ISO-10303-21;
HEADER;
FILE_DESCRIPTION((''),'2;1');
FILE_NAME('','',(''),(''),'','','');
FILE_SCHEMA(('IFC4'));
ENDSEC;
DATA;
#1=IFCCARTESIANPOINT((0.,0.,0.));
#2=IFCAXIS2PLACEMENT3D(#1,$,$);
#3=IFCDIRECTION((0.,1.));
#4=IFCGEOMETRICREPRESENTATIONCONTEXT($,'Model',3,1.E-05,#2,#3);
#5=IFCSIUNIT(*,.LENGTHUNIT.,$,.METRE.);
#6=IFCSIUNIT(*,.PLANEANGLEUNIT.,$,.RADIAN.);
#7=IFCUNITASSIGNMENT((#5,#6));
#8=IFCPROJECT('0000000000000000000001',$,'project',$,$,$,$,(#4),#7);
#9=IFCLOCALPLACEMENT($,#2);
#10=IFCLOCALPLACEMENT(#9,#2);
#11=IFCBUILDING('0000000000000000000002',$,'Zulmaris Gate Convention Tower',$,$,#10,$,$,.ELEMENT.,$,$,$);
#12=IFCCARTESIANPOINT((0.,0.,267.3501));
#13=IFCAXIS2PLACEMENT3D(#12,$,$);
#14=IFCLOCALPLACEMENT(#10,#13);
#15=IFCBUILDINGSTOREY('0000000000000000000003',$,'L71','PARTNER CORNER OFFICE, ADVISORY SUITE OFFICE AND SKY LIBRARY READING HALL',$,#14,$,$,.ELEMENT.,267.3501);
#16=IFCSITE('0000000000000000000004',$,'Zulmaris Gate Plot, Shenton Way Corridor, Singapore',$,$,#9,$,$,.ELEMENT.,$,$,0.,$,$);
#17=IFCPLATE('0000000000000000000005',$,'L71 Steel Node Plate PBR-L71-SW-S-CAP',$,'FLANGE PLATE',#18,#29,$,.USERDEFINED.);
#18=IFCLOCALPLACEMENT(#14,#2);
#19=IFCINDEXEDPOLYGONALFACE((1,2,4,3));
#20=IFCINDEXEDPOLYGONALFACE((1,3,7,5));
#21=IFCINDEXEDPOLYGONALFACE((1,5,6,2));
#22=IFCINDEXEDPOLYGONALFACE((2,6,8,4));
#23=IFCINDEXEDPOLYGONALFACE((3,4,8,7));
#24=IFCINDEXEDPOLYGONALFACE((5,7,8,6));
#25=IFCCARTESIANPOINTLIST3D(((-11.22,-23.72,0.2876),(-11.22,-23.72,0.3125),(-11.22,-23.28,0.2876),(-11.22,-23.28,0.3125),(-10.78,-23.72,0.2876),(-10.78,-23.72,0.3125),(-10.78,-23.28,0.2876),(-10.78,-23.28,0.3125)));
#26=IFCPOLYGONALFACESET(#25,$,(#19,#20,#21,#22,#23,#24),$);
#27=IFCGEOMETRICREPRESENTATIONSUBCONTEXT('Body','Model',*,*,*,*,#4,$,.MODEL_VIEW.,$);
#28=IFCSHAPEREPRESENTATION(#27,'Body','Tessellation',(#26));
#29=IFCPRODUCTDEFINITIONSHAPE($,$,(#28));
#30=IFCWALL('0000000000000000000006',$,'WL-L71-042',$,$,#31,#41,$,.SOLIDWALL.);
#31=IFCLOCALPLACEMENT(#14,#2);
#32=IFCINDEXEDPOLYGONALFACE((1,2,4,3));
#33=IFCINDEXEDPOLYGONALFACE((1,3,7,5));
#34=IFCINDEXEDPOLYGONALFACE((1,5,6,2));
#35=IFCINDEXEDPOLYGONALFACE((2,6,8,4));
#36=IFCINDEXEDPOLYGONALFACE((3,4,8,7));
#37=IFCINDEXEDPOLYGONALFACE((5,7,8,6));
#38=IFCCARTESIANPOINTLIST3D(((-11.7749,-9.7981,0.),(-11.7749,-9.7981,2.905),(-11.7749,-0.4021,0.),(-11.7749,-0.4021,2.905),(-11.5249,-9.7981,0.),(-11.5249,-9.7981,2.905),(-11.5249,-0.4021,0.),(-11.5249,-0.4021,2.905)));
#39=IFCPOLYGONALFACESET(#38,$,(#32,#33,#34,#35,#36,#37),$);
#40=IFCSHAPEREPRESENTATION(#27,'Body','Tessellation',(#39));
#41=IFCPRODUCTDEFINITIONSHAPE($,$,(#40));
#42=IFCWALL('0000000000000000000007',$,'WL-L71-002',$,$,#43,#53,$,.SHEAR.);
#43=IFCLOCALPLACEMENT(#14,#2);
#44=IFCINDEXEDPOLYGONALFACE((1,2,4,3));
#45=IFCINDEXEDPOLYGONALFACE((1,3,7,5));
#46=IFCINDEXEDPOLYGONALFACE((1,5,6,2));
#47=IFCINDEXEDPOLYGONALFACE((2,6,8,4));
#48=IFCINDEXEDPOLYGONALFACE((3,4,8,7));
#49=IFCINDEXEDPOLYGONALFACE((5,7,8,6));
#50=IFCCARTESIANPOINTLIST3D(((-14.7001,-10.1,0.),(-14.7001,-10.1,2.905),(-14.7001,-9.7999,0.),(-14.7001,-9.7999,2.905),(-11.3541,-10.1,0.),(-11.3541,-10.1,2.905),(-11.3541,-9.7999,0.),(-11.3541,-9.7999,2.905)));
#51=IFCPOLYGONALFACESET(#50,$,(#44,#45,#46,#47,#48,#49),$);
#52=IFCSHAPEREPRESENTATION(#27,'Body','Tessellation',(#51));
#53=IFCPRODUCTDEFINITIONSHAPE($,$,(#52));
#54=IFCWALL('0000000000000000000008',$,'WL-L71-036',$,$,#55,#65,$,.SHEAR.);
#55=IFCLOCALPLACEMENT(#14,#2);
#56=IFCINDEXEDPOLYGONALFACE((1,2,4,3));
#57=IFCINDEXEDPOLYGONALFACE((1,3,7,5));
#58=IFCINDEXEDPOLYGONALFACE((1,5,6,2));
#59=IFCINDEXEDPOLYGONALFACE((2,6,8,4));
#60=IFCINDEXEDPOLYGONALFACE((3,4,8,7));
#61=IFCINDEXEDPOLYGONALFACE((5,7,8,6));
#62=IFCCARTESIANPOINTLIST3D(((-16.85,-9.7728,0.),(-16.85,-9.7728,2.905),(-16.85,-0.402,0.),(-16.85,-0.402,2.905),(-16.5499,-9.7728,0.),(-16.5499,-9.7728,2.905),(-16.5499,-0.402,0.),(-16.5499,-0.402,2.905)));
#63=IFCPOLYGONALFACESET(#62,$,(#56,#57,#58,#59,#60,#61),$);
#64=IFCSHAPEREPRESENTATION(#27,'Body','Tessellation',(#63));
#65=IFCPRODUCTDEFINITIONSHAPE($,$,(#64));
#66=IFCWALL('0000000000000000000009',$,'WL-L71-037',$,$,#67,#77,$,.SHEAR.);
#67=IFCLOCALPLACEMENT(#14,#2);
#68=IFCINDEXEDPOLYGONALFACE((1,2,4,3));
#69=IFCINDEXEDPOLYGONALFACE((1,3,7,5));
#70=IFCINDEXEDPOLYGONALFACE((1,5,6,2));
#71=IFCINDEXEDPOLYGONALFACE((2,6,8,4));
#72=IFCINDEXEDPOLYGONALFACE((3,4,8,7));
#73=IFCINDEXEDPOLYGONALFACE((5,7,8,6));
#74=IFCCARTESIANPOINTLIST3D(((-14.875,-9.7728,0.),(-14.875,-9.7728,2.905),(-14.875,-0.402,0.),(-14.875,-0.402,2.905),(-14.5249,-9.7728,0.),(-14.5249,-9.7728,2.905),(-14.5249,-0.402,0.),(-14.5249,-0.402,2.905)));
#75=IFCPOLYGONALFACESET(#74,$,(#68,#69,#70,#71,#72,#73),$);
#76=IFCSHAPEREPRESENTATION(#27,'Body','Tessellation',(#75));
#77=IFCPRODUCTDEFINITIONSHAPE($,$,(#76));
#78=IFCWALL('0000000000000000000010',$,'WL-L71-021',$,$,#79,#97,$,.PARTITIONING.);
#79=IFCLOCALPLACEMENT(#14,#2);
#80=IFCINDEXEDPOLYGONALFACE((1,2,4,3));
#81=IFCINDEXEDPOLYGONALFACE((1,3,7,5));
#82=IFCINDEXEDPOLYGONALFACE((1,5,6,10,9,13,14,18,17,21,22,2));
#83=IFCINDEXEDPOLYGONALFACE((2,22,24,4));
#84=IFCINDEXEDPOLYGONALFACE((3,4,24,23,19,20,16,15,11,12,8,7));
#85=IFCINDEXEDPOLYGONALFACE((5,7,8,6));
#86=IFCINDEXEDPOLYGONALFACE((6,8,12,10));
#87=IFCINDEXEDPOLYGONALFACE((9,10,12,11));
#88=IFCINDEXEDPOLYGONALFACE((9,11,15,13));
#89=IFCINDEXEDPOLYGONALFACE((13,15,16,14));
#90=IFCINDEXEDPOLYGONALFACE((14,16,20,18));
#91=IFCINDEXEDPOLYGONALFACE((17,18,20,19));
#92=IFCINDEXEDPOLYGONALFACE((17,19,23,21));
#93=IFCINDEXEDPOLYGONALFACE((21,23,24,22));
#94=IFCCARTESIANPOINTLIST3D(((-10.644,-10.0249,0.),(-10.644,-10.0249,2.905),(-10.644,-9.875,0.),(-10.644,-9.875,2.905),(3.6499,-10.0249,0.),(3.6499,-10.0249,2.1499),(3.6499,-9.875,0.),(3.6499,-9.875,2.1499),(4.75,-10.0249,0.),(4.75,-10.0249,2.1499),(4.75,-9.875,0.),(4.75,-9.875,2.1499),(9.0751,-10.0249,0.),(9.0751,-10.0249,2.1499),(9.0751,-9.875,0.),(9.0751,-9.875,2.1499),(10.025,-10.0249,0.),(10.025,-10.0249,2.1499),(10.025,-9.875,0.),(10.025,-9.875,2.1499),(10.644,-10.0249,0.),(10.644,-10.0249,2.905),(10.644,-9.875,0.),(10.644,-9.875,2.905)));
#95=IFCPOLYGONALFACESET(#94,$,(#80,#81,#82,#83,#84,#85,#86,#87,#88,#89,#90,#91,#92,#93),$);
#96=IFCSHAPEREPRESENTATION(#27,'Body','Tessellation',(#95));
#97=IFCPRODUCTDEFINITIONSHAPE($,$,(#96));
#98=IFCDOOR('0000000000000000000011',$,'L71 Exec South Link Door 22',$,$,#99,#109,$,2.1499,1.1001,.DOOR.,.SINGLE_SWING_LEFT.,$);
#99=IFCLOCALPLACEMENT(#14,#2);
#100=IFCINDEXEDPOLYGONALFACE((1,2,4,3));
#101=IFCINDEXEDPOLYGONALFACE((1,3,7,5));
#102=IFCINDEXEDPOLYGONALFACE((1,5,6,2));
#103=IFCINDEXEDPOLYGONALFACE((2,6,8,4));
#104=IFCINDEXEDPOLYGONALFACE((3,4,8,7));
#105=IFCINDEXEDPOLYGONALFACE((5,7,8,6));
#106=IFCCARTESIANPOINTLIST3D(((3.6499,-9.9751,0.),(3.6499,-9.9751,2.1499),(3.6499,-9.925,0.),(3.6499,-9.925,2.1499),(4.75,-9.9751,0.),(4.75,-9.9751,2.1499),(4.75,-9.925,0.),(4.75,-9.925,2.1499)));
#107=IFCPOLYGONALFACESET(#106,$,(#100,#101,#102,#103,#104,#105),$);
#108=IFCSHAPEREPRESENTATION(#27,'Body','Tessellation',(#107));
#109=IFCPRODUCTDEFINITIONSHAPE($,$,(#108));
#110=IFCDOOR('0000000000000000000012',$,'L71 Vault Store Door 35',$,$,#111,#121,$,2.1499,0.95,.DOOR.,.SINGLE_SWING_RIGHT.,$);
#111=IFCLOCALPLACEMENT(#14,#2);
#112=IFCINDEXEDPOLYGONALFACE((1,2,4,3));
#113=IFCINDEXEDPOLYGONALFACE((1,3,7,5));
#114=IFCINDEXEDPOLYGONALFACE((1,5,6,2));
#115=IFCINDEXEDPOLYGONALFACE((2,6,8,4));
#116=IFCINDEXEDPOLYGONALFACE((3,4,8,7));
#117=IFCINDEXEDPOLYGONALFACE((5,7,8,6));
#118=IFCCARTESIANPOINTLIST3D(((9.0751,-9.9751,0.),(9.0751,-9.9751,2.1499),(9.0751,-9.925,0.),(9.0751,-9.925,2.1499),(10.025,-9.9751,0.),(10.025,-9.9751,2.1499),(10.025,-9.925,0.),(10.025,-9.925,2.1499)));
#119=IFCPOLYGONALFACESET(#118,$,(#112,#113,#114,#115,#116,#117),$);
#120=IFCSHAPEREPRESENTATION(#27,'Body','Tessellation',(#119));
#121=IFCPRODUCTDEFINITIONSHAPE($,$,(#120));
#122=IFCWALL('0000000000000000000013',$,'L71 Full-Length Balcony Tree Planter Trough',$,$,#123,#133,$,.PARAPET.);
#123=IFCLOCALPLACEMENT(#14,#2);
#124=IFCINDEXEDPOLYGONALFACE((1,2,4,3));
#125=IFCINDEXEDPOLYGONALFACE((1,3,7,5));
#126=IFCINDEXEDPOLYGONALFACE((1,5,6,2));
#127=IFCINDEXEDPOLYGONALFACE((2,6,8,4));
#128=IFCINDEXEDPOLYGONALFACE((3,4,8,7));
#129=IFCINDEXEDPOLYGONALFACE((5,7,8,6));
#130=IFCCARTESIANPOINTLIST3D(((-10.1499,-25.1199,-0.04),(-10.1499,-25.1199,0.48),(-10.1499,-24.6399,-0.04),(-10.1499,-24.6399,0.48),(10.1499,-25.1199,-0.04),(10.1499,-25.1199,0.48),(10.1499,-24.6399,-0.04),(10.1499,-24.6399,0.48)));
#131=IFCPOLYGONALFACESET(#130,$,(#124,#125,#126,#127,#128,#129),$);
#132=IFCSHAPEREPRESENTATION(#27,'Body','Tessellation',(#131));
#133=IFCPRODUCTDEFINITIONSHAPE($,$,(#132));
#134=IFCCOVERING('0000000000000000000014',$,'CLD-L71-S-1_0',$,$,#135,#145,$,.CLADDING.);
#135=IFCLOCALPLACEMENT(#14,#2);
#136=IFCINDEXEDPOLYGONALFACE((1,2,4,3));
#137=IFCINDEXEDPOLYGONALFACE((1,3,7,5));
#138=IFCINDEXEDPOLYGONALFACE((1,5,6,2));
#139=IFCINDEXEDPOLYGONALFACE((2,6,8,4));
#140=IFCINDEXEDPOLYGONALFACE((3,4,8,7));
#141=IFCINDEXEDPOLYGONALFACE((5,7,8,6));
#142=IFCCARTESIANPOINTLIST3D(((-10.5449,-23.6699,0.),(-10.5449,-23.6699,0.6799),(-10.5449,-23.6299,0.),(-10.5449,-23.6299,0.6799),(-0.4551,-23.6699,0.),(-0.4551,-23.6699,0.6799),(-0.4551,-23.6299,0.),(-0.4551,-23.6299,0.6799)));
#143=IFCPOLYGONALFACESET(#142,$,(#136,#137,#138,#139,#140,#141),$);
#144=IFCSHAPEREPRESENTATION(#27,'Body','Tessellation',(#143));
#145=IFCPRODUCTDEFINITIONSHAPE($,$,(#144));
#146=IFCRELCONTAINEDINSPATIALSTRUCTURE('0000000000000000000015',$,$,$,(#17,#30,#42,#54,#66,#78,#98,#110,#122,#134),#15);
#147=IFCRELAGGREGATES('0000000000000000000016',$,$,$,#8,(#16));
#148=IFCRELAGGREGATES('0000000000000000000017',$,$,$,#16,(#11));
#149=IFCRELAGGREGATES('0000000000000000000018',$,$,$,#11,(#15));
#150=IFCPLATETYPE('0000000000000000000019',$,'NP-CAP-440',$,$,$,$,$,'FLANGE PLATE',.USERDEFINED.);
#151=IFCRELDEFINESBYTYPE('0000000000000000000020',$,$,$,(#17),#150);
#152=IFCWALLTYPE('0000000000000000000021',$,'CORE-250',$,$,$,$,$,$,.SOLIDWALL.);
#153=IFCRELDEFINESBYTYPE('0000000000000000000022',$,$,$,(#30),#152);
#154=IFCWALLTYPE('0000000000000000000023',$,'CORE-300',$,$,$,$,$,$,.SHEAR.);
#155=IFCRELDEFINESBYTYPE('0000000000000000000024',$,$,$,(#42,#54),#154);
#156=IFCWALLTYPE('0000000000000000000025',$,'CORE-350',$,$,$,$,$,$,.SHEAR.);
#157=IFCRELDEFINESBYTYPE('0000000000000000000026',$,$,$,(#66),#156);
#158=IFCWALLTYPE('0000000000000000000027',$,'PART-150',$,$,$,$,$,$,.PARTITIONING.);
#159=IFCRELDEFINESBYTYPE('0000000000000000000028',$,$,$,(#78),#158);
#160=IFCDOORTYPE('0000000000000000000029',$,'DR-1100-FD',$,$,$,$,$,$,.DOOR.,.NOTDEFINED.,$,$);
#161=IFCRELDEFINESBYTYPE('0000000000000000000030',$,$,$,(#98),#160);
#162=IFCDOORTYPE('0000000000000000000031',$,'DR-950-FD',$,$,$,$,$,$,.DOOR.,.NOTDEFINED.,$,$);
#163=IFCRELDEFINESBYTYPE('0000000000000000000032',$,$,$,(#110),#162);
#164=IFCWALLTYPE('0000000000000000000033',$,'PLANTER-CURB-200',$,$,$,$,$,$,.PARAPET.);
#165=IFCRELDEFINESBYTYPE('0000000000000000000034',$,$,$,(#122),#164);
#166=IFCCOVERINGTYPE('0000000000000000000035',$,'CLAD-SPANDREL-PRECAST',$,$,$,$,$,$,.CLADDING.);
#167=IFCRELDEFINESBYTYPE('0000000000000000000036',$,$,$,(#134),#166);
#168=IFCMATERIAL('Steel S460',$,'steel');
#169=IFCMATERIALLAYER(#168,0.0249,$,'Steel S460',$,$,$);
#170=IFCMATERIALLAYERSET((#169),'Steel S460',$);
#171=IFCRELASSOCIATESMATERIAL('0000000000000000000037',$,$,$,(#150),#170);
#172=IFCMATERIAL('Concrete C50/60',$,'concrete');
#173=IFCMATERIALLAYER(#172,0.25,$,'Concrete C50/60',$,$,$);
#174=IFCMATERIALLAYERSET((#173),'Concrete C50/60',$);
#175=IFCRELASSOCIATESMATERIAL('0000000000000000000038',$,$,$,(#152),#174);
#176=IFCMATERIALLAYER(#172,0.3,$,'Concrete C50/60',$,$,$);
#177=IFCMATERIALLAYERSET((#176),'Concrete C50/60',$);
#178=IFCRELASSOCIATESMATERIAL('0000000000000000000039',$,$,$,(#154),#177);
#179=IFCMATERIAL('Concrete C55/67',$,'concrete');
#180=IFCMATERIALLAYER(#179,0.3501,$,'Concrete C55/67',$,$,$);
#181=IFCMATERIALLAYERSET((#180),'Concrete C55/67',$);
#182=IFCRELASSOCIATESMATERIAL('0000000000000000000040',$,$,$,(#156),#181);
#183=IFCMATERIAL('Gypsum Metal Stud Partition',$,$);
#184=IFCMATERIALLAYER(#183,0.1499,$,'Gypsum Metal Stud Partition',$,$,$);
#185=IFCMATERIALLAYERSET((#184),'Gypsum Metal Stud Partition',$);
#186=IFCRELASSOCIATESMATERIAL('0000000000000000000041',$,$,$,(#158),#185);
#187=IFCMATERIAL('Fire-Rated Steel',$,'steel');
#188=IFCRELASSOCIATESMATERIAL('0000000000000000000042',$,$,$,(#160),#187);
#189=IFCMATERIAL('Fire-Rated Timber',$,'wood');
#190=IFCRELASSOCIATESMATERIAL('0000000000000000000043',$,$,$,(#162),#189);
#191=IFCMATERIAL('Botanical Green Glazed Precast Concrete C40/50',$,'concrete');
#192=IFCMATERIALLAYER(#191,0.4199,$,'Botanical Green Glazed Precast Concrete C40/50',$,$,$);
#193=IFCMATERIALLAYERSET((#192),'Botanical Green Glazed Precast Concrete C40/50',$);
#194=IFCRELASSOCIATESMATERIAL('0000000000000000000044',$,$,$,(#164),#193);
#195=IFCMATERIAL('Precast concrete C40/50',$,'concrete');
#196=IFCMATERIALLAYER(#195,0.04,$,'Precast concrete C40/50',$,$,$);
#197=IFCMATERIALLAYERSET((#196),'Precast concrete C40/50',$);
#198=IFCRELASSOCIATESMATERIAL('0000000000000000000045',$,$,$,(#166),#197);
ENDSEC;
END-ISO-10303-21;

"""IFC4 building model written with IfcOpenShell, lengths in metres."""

from ifc_helpers import new_model, si_unit, direction, frame, frame_2d, origin, origin_2d, place, context, subcontext, project, spatial, rectangle, extrude, material, layer, layer_set, type_object, element, fill, save


model = new_model("IFC4")

# Units and contexts
model_context = context("Model", 3, precision=1e-05, world=origin(), true_north=direction((0.0, 1.0)))
body_context = subcontext(model_context, "Body", "Model", "MODEL_VIEW")
ifc_project = project(units=[si_unit("LENGTHUNIT", "METRE"), si_unit("PLANEANGLEUNIT", "RADIAN")], contexts=[model_context])

# Site, building, storey
site_placement = place(None, origin())
site = spatial("IfcSite", under=ifc_project, at=site_placement, Name="Zulmaris Gate Plot, Shenton Way Corridor, Singapore", CompositionType="ELEMENT", RefElevation=0.0)
building_placement = place(site_placement, origin())
building = spatial("IfcBuilding", under=site, at=building_placement, Name="Zulmaris Gate Convention Tower", CompositionType="ELEMENT")
storey_placement = place(building_placement, frame((0.0, 0.0, 267.3501)))
storey = spatial("IfcBuildingStorey", under=building, at=storey_placement, Name="L71", Description="PARTNER CORNER OFFICE, ADVISORY SUITE OFFICE AND SKY LIBRARY READING HALL", CompositionType="ELEMENT", Elevation=267.3501)

# Shared definitions
ifc_material_1 = material(Name="Concrete C50/60", Category="concrete")

# Plate
ifc_material_2 = material(Name="Steel S460", Category="steel")
ifc_layer_1 = layer(ifc_material_2, 0.0249, Name="Steel S460")
ifc_layer_set_1 = layer_set([ifc_layer_1], Name="Steel S460")
plate_type = type_object("IfcPlateType", Name="NP-CAP-440", ElementType="FLANGE PLATE", PredefinedType="USERDEFINED", material=ifc_layer_set_1)
plate_placement = place(storey_placement, frame((-11.0, -23.5, 0.2876), z_axis=(0.0, 0.0, 1.0), x_axis=(1.0, 0.0, 0.0)))
element("IfcPlate", 1, at=plate_placement, inside=storey, type_object=plate_type, Name="L71 Steel Node Plate PBR-L71-SW-S-CAP", ObjectType="FLANGE PLATE", PredefinedType="USERDEFINED", context=body_context, shape_type="SweptSolid", body=[
    extrude(rectangle(XDim=0.4399, YDim=0.4399, at=origin_2d()), origin(), (0.0, 0.0, 1.0), 0.0249),
])

# Walls
ifc_layer_2 = layer(ifc_material_1, 0.25, Name="Concrete C50/60")
ifc_layer_set_2 = layer_set([ifc_layer_2], Name="Concrete C50/60")
wall_type_1 = type_object("IfcWallType", Name="CORE-250", PredefinedType="SOLIDWALL", material=ifc_layer_set_2)
wall_1_placement = place(storey_placement, frame((-11.6499, -9.7981, 0.0), z_axis=(0.0, 0.0, 1.0), x_axis=(0.0, 1.0, 0.0)))
element("IfcWall", 2, at=wall_1_placement, inside=storey, type_object=wall_type_1, Name="WL-L71-042", PredefinedType="SOLIDWALL", context=body_context, shape_type="SweptSolid", body=[
    extrude(rectangle(XDim=9.396, YDim=0.25, at=frame_2d((4.698, 0.0))), origin(), (0.0, 0.0, 1.0), 2.905),
])
ifc_layer_3 = layer(ifc_material_1, 0.3, Name="Concrete C50/60")
ifc_layer_set_3 = layer_set([ifc_layer_3], Name="Concrete C50/60")
wall_type_2 = type_object("IfcWallType", Name="CORE-300", PredefinedType="SHEAR", material=ifc_layer_set_3)
wall_2_placement = place(storey_placement, frame((-14.7, -9.95, 0.0), z_axis=(0.0, 0.0, 1.0), x_axis=(1.0, 0.0, 0.0)))
element("IfcWall", 3, at=wall_2_placement, inside=storey, type_object=wall_type_2, Name="WL-L71-002", PredefinedType="SHEAR", context=body_context, shape_type="SweptSolid", body=[
    extrude(rectangle(XDim=3.3459, YDim=0.3, at=frame_2d((1.6729, 0.0))), origin(), (0.0, 0.0, 1.0), 2.905),
])
wall_3_placement = place(storey_placement, frame((-16.7, -9.7729, 0.0), z_axis=(0.0, 0.0, 1.0), x_axis=(0.0, 1.0, 0.0)))
element("IfcWall", 4, at=wall_3_placement, inside=storey, type_object=wall_type_2, Name="WL-L71-036", PredefinedType="SHEAR", context=body_context, shape_type="SweptSolid", body=[
    extrude(rectangle(XDim=9.3708, YDim=0.3, at=frame_2d((4.6855, 0.0))), origin(), (0.0, 0.0, 1.0), 2.905),
])
ifc_material_3 = material(Name="Concrete C55/67", Category="concrete")
ifc_layer_4 = layer(ifc_material_3, 0.3501, Name="Concrete C55/67")
ifc_layer_set_4 = layer_set([ifc_layer_4], Name="Concrete C55/67")
wall_type_3 = type_object("IfcWallType", Name="CORE-350", PredefinedType="SHEAR", material=ifc_layer_set_4)
wall_4_placement = place(storey_placement, frame((-14.7, -9.7729, 0.0), z_axis=(0.0, 0.0, 1.0), x_axis=(0.0, 1.0, 0.0)))
element("IfcWall", 5, at=wall_4_placement, inside=storey, type_object=wall_type_3, Name="WL-L71-037", PredefinedType="SHEAR", context=body_context, shape_type="SweptSolid", body=[
    extrude(rectangle(XDim=9.3708, YDim=0.3501, at=frame_2d((4.6855, 0.0))), origin(), (0.0, 0.0, 1.0), 2.905),
])

# Wall, openings, doors
ifc_material_4 = material(Name="Gypsum Metal Stud Partition")
ifc_layer_5 = layer(ifc_material_4, 0.1499, Name="Gypsum Metal Stud Partition")
ifc_layer_set_5 = layer_set([ifc_layer_5], Name="Gypsum Metal Stud Partition")
wall_type_4 = type_object("IfcWallType", Name="PART-150", PredefinedType="PARTITIONING", material=ifc_layer_set_5)
wall_5_placement = place(storey_placement, frame((-10.644, -9.95, 0.0), z_axis=(0.0, 0.0, 1.0), x_axis=(1.0, 0.0, 0.0)))
wall_5 = element("IfcWall", 6, at=wall_5_placement, inside=storey, type_object=wall_type_4, Name="WL-L71-021", PredefinedType="PARTITIONING", context=body_context, shape_type="SweptSolid", body=[
    extrude(rectangle(XDim=21.2881, YDim=0.1499, at=frame_2d((10.644, 0.0))), origin(), (0.0, 0.0, 1.0), 2.905),
])
opening_1_placement = place(wall_5_placement, frame((14.2939, 0.0, 0.0)))
opening_1 = element("IfcOpeningElement", 7, at=opening_1_placement, cuts=wall_5, PredefinedType="OPENING", context=body_context, shape_type="SweptSolid", body=[
    extrude(rectangle(XDim=1.1001, YDim=2.1499, at=frame_2d((0.55, 1.075))), frame((0.0, 0.085, 0.0), z_axis=(0.0, -1.0, 0.0), x_axis=(1.0, 0.0, 0.0)), (0.0, 0.0, 1.0), 0.1699),
])
opening_2_placement = place(wall_5_placement, frame((19.719, 0.0, 0.0)))
opening_2 = element("IfcOpeningElement", 8, at=opening_2_placement, cuts=wall_5, PredefinedType="OPENING", context=body_context, shape_type="SweptSolid", body=[
    extrude(rectangle(XDim=0.95, YDim=2.1499, at=frame_2d((0.4751, 1.075))), frame((0.0, 0.085, 0.0), z_axis=(0.0, -1.0, 0.0), x_axis=(1.0, 0.0, 0.0)), (0.0, 0.0, 1.0), 0.1699),
])
ifc_material_5 = material(Name="Fire-Rated Steel", Category="steel")
door_type_1 = type_object("IfcDoorType", Name="DR-1100-FD", OperationType="NOTDEFINED", PredefinedType="DOOR", material=ifc_material_5)
door_1_placement = place(opening_1_placement, origin())
door_1 = element("IfcDoor", 9, at=door_1_placement, inside=storey, type_object=door_type_1, Name="L71 Exec South Link Door 22", OperationType="SINGLE_SWING_LEFT", OverallHeight=2.1499, OverallWidth=1.1001, PredefinedType="DOOR", context=body_context, shape_type="SweptSolid", body=[
    extrude(rectangle(XDim=1.1001, YDim=2.1499, at=frame_2d((0.55, 1.075))), frame((0.0, 0.0249, 0.0), z_axis=(0.0, -1.0, 0.0), x_axis=(1.0, 0.0, 0.0)), (0.0, 0.0, 1.0), 0.05),
])
fill(opening_1, door_1)
ifc_material_6 = material(Name="Fire-Rated Timber", Category="wood")
door_type_2 = type_object("IfcDoorType", Name="DR-950-FD", OperationType="NOTDEFINED", PredefinedType="DOOR", material=ifc_material_6)
door_2_placement = place(opening_2_placement, origin())
door_2 = element("IfcDoor", 10, at=door_2_placement, inside=storey, type_object=door_type_2, Name="L71 Vault Store Door 35", OperationType="SINGLE_SWING_RIGHT", OverallHeight=2.1499, OverallWidth=0.95, PredefinedType="DOOR", context=body_context, shape_type="SweptSolid", body=[
    extrude(rectangle(XDim=0.95, YDim=2.1499, at=frame_2d((0.4751, 1.075))), frame((0.0, 0.0249, 0.0), z_axis=(0.0, -1.0, 0.0), x_axis=(1.0, 0.0, 0.0)), (0.0, 0.0, 1.0), 0.05),
])
fill(opening_2, door_2)

# Wall
ifc_material_7 = material(Name="Botanical Green Glazed Precast Concrete C40/50", Category="concrete")
ifc_layer_6 = layer(ifc_material_7, 0.4199, Name="Botanical Green Glazed Precast Concrete C40/50")
ifc_layer_set_6 = layer_set([ifc_layer_6], Name="Botanical Green Glazed Precast Concrete C40/50")
wall_type_5 = type_object("IfcWallType", Name="PLANTER-CURB-200", PredefinedType="PARAPET", material=ifc_layer_set_6)
wall_6_placement = place(storey_placement, frame((-10.1499, -24.8799, -0.04), z_axis=(0.0, 0.0, 1.0), x_axis=(1.0, 0.0, 0.0)))
element("IfcWall", 11, at=wall_6_placement, inside=storey, type_object=wall_type_5, Name="L71 Full-Length Balcony Tree Planter Trough", PredefinedType="PARAPET", context=body_context, shape_type="SweptSolid", body=[
    extrude(rectangle(XDim=20.2998, YDim=0.48, at=frame_2d((10.1499, 0.0))), origin(), (0.0, 0.0, 1.0), 0.52),
])

# Shared definitions
ifc_material_8 = material(Name="Precast concrete C40/50", Category="concrete")

# Covering
ifc_layer_7 = layer(ifc_material_8, 0.04, Name="Precast concrete C40/50")
ifc_layer_set_7 = layer_set([ifc_layer_7], Name="Precast concrete C40/50")
covering_type = type_object("IfcCoveringType", Name="CLAD-SPANDREL-PRECAST", PredefinedType="CLADDING", material=ifc_layer_set_7)
covering_placement = place(storey_placement, frame((-10.5449, -23.6499, 0.0), z_axis=(0.0, 0.0, 1.0), x_axis=(1.0, 0.0, 0.0)))
element("IfcCovering", 12, at=covering_placement, inside=storey, type_object=covering_type, Name="CLD-L71-S-1_0", PredefinedType="CLADDING", context=body_context, shape_type="SweptSolid", body=[
    extrude(rectangle(XDim=10.0898, YDim=0.04, at=frame_2d((5.0449, 0.0))), origin(), (0.0, 0.0, 1.0), 0.6799),
])

save(model, "model.ifc")
